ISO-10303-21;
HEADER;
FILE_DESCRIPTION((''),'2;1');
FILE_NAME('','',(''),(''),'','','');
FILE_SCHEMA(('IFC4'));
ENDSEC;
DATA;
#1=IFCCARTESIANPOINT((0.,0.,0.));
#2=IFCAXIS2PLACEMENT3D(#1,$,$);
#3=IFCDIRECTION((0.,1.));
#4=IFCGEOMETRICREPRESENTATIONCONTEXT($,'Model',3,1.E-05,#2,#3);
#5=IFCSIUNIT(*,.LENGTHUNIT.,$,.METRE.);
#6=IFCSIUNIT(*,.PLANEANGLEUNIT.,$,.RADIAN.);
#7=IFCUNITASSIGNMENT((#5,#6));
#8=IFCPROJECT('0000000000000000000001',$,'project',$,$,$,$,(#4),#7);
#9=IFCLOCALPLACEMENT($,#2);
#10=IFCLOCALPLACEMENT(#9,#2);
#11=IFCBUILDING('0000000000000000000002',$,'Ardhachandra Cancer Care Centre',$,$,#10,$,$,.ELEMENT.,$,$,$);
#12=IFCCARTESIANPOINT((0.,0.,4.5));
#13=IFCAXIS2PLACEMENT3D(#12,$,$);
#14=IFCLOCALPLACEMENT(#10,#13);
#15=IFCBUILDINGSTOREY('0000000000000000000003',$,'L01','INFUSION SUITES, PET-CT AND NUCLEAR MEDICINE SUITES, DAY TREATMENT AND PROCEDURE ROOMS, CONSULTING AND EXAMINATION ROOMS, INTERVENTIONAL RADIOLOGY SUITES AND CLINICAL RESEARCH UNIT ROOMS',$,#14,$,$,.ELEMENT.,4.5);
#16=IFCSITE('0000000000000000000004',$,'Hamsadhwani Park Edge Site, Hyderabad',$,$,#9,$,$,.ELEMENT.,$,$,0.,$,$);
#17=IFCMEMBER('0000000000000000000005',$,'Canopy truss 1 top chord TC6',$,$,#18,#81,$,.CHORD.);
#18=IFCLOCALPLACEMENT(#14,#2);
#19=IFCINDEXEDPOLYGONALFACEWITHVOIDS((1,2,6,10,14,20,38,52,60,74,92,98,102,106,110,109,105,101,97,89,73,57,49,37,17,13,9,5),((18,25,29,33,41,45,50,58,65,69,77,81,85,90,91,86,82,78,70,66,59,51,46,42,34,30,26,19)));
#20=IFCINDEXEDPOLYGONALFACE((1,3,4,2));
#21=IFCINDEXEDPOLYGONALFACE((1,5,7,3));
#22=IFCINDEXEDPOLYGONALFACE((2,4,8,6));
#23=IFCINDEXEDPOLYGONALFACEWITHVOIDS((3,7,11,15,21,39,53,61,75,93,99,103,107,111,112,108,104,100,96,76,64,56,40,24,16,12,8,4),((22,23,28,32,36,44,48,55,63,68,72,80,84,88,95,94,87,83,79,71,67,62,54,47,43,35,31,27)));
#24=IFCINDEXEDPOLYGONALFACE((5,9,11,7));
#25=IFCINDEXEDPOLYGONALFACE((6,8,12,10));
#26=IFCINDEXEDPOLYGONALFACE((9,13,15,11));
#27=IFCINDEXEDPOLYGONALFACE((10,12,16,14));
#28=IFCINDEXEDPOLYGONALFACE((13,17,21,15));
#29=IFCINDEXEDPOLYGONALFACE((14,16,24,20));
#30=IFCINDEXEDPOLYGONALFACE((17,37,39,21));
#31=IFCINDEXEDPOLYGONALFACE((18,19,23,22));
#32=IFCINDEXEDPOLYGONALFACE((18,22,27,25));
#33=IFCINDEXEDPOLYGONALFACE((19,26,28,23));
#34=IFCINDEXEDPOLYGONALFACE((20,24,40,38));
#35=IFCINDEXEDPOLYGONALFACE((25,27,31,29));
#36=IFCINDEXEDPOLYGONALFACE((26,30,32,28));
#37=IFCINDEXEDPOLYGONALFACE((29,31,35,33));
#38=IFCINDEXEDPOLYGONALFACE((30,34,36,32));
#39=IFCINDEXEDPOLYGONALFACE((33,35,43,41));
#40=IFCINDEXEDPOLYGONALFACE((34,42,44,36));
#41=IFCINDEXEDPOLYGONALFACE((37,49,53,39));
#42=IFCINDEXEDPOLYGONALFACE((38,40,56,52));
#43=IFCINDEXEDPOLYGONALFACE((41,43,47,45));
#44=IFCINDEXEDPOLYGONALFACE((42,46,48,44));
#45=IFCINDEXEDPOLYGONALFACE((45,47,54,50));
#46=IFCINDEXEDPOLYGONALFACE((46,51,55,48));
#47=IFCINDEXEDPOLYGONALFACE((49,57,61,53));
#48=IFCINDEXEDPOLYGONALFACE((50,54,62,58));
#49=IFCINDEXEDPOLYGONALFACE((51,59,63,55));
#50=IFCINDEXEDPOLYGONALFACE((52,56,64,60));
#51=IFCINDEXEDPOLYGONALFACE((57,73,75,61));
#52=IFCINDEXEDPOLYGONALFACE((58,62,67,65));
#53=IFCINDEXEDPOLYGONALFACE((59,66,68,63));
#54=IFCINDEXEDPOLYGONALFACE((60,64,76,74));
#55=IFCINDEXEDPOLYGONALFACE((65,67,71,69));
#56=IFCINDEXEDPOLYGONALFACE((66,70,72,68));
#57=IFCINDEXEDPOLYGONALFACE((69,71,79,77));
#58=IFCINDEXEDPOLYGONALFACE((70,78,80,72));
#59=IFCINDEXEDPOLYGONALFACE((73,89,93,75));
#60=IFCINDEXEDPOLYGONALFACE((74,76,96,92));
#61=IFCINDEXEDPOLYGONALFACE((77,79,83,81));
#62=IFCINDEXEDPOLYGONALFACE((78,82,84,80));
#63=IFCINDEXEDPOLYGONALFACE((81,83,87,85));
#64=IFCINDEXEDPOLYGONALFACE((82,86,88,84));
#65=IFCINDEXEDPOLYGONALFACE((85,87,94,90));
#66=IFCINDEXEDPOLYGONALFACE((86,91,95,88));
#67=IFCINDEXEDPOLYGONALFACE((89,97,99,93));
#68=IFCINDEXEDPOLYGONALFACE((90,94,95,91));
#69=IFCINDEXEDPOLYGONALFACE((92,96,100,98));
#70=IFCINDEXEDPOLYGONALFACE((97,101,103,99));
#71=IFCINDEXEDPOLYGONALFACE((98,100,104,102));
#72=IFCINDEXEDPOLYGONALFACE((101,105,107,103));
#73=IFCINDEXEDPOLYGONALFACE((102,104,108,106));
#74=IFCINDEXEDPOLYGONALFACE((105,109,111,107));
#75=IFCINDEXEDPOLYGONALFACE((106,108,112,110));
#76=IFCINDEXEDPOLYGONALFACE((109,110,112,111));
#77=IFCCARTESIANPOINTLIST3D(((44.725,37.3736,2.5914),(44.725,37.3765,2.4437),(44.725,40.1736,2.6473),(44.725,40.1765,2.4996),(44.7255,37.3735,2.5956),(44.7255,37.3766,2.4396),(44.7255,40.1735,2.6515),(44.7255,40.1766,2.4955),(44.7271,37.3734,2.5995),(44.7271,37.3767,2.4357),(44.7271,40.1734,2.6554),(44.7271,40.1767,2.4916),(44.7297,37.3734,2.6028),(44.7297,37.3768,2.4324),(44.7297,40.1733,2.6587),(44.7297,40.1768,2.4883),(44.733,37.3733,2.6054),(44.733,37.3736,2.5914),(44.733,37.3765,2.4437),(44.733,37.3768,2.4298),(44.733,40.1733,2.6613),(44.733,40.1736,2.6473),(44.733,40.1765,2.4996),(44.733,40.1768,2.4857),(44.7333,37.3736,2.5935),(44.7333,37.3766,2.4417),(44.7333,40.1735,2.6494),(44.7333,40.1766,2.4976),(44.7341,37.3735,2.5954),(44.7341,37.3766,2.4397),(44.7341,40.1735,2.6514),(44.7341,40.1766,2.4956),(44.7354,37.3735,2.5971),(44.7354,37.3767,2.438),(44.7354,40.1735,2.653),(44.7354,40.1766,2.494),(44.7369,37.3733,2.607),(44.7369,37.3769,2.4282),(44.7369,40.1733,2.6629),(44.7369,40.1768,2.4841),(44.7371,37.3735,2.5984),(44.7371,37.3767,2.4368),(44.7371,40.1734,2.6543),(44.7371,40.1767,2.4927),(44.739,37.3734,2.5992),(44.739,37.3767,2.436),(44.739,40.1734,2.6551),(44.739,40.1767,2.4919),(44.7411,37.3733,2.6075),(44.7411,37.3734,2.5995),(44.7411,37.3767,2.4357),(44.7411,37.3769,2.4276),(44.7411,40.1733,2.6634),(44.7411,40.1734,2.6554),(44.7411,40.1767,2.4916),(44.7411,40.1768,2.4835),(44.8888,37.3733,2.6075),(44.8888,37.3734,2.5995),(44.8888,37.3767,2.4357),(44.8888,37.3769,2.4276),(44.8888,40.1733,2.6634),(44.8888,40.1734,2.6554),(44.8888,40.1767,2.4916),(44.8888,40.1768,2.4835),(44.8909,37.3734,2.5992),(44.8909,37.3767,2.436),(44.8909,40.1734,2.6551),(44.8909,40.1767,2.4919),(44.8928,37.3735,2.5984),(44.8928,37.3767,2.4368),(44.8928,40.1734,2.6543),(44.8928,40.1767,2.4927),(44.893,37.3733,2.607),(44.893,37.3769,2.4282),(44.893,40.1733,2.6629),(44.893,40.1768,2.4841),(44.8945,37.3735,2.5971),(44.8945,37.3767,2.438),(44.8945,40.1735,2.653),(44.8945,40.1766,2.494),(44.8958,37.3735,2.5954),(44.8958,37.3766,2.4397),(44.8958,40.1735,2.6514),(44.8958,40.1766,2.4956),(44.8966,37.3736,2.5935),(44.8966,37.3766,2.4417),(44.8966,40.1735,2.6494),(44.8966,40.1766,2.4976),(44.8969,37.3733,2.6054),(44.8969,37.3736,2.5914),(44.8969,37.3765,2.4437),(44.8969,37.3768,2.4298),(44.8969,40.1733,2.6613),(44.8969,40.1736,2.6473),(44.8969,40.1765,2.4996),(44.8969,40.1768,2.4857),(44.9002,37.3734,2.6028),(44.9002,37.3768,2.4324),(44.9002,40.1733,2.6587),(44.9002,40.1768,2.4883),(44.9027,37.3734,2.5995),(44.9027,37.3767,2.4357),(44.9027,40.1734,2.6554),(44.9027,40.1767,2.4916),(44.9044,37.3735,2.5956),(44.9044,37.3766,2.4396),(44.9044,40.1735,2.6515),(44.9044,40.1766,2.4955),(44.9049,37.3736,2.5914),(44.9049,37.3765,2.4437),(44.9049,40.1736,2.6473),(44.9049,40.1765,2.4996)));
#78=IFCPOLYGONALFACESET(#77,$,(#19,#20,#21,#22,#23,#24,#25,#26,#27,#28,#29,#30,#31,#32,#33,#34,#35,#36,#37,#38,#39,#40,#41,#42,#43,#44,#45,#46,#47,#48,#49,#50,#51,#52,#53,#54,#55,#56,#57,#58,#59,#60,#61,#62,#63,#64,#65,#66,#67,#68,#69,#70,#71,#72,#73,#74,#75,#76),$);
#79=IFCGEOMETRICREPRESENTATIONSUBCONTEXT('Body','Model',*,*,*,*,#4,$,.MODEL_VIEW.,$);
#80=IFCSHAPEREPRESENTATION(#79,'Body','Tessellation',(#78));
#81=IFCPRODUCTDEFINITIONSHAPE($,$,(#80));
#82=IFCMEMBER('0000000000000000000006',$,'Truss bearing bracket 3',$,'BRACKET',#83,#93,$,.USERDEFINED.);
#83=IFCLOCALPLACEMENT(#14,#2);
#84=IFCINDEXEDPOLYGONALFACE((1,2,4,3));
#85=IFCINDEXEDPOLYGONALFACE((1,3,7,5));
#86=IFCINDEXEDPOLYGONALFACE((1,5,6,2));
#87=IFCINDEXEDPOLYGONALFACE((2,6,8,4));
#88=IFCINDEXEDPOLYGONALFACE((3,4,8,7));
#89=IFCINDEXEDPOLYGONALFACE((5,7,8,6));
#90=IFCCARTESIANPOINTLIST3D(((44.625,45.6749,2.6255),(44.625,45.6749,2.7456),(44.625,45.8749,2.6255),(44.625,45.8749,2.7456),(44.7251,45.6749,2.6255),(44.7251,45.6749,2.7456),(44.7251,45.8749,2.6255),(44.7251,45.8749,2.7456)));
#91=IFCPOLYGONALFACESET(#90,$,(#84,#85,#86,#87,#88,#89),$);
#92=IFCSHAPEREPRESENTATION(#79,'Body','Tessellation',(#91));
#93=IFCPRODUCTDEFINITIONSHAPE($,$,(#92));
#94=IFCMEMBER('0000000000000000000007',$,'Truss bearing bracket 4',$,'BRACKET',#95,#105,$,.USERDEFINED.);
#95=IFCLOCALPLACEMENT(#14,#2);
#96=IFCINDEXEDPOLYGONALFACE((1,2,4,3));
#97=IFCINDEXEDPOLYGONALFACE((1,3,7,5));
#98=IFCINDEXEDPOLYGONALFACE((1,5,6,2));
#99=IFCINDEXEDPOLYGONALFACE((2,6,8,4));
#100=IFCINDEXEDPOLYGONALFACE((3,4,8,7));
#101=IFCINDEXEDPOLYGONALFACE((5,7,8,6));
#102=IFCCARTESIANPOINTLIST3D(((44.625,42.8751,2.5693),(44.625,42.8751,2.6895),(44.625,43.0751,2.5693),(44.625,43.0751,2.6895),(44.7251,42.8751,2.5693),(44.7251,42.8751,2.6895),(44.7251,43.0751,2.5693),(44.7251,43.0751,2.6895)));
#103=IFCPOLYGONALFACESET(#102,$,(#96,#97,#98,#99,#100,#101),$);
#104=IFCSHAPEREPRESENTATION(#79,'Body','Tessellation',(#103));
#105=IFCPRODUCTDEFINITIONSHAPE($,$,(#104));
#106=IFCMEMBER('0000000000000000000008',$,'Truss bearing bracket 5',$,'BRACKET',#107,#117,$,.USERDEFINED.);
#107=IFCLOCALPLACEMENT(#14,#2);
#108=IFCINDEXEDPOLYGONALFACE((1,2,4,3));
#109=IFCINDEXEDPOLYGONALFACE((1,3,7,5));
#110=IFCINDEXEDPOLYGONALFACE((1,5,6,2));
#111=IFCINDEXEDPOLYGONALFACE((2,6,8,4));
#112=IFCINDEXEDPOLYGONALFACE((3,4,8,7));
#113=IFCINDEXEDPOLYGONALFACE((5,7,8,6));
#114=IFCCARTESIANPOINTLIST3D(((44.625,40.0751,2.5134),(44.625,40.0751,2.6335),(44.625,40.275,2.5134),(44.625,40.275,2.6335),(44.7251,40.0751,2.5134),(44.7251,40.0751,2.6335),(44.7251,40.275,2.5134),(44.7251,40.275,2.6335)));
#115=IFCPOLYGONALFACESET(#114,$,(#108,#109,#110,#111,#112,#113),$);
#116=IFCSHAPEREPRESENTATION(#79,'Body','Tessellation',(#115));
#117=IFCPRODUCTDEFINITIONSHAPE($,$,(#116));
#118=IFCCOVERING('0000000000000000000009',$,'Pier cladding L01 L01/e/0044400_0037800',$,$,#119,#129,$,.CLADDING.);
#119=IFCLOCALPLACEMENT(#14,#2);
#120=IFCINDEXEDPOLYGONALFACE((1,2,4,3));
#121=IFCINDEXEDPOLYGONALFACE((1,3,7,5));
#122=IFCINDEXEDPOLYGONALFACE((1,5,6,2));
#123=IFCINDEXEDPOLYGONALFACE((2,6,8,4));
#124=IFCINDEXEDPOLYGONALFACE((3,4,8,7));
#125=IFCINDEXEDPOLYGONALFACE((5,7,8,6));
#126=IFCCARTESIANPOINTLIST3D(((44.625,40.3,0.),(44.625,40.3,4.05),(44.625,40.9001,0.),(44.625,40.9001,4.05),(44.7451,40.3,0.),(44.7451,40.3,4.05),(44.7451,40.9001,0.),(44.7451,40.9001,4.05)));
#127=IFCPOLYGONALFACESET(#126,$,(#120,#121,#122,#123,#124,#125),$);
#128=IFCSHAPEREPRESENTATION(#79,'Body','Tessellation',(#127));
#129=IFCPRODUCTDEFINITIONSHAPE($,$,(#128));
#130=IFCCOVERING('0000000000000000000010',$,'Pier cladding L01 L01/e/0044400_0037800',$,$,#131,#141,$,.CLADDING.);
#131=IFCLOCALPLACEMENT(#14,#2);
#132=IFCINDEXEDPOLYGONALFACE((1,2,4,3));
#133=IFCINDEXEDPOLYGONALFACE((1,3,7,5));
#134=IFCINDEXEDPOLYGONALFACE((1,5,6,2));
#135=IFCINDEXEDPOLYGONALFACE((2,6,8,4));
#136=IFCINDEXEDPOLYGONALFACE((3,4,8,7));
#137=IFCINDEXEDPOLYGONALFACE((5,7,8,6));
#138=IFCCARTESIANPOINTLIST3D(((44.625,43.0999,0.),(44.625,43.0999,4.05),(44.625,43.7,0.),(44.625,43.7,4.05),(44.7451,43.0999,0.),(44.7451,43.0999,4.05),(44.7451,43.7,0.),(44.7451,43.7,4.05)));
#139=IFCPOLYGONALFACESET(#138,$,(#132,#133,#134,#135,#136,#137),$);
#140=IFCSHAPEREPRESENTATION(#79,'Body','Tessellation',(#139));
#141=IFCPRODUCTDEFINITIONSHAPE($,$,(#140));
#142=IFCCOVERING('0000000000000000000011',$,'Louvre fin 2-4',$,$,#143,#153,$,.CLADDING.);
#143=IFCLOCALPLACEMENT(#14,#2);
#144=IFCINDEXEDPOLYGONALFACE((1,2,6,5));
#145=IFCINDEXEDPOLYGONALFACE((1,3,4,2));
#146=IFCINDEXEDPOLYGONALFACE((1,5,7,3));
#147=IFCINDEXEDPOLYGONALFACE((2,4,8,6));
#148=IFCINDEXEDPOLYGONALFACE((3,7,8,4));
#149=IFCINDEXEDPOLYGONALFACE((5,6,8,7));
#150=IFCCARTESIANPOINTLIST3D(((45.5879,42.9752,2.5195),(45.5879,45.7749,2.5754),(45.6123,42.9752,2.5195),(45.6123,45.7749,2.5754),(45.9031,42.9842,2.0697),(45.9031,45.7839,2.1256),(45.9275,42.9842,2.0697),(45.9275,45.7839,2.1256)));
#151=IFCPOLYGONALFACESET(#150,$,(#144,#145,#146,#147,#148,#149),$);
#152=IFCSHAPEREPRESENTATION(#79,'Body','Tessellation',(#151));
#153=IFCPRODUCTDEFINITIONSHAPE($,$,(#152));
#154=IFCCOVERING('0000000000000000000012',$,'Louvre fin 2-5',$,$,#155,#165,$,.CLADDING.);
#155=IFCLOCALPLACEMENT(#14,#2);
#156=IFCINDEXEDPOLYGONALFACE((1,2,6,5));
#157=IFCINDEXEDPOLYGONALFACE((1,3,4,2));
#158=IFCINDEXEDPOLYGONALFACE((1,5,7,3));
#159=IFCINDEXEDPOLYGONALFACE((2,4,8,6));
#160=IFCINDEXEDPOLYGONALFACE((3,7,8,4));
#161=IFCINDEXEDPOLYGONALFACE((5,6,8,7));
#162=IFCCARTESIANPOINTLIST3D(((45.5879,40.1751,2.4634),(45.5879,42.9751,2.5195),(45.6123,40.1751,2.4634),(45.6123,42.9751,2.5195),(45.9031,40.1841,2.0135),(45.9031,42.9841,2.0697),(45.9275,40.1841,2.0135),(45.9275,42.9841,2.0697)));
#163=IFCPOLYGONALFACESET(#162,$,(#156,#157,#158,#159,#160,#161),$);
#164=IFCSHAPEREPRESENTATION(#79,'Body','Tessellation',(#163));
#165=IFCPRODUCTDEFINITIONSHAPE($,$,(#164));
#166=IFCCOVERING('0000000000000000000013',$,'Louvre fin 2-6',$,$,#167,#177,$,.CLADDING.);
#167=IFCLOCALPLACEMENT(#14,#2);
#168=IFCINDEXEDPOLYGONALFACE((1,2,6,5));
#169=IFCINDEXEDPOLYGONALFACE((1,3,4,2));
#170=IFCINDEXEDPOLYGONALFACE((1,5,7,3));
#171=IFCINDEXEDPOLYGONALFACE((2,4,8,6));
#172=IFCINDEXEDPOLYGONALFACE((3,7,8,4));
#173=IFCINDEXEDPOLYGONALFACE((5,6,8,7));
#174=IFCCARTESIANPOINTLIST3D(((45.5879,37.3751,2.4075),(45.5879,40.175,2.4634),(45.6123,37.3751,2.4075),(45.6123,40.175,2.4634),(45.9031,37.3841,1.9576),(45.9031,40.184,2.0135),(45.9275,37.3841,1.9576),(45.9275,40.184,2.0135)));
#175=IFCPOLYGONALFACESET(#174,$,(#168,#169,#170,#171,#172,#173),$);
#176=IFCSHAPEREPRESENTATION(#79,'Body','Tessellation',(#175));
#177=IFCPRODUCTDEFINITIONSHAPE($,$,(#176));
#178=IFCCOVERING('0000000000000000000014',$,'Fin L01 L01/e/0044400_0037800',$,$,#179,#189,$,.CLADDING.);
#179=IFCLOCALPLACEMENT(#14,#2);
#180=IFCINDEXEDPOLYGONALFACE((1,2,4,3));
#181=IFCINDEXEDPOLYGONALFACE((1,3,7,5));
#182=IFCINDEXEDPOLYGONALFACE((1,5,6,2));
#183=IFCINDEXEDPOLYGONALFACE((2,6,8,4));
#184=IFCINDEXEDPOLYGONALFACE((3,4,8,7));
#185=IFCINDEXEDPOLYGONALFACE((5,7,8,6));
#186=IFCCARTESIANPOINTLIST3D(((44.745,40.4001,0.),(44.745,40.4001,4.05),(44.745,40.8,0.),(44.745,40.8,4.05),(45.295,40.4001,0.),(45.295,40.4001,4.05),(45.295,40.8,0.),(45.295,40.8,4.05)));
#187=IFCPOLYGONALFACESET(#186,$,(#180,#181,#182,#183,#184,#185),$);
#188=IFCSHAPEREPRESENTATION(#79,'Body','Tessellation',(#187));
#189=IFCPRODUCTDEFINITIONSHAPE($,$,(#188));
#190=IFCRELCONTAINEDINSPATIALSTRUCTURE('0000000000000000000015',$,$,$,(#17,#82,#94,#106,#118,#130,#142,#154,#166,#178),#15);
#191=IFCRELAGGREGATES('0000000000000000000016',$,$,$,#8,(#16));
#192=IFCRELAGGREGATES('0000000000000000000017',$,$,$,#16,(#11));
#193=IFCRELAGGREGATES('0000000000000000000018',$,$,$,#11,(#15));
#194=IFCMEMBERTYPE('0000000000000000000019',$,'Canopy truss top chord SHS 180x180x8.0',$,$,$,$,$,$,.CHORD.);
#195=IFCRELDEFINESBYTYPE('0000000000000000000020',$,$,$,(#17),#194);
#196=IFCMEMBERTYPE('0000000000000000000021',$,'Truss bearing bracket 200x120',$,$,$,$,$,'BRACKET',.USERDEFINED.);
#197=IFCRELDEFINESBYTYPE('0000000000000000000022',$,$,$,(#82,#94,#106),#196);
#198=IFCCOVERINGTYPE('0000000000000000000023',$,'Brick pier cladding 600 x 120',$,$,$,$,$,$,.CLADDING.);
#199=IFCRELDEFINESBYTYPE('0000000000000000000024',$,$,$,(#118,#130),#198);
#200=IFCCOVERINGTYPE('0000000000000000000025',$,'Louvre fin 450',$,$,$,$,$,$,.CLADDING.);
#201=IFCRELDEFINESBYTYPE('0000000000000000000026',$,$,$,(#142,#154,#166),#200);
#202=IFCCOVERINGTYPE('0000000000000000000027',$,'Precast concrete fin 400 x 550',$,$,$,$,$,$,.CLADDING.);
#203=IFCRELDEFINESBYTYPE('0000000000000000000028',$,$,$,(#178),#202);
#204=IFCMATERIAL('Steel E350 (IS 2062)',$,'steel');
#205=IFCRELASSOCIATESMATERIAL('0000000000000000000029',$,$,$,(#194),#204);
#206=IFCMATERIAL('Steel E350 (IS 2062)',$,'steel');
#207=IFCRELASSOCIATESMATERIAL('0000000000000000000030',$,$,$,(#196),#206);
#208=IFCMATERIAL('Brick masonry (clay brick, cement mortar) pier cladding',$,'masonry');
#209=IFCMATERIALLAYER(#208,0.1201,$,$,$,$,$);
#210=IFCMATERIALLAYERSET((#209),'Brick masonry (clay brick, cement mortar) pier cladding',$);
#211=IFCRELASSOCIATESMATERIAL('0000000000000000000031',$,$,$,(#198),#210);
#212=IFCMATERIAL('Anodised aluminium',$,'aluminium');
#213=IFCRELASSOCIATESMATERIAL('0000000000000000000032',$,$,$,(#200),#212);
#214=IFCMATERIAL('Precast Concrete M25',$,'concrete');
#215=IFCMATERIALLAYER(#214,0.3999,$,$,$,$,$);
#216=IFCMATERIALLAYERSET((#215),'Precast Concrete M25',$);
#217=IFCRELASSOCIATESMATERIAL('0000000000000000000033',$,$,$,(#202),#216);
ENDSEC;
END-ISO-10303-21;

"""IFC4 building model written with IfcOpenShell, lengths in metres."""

from ifc_helpers import new_model, si_unit, direction, frame, origin, origin_2d, place, context, subcontext, project, spatial, polyline, rectangle, hollow_rectangle, outline, extrude, material, layer, layer_set, material_profile, profile_set, type_object, element, save


model = new_model("IFC4")

# Units and contexts
model_context = context("Model", 3, precision=1e-05, world=origin(), true_north=direction((0.0, 1.0)))
body_context = subcontext(model_context, "Body", "Model", "MODEL_VIEW")
ifc_project = project(units=[si_unit("LENGTHUNIT", "METRE"), si_unit("PLANEANGLEUNIT", "RADIAN")], contexts=[model_context])

# Site, building, storey
site_placement = place(None, origin())
site = spatial("IfcSite", under=ifc_project, at=site_placement, Name="Hamsadhwani Park Edge Site, Hyderabad", CompositionType="ELEMENT", RefElevation=0.0)
building_placement = place(site_placement, origin())
building = spatial("IfcBuilding", under=site, at=building_placement, Name="Ardhachandra Cancer Care Centre", CompositionType="ELEMENT")
storey_placement = place(building_placement, frame((0.0, 0.0, 4.5)))
storey = spatial("IfcBuildingStorey", under=building, at=storey_placement, Name="L01", Description="INFUSION SUITES, PET-CT AND NUCLEAR MEDICINE SUITES, DAY TREATMENT AND PROCEDURE ROOMS, CONSULTING AND EXAMINATION ROOMS, INTERVENTIONAL RADIOLOGY SUITES AND CLINICAL RESEARCH UNIT ROOMS", CompositionType="ELEMENT", Elevation=4.5)

# Members
ifc_material_1 = material(Name="Steel E350 (IS 2062)", Category="steel")
ifc_material_profile_1 = material_profile(ifc_material_1, hollow_rectangle(XDim=0.1799, YDim=0.1799, WallThickness=0.0081, InnerFilletRadius=0.0081, OuterFilletRadius=0.0161, at=origin_2d()), Name="SHS 180x180x8.0")
ifc_profile_set_1 = profile_set([ifc_material_profile_1], Name="Steel E350 (IS 2062)")
member_type_1 = type_object("IfcMemberType", Name="Canopy truss top chord SHS 180x180x8.0", PredefinedType="CHORD", material=ifc_profile_set_1)
for number, where, z_axis, x_axis, name in (
    (1, (44.8149, 40.175, 2.5735), (0.0, -0.999801, -0.019963), (1.0, 0.0, 0.0), "Canopy truss 1 top chord TC6"),
):
    element("IfcMember", number, at=place(storey_placement, frame(where, z_axis=z_axis, x_axis=x_axis)), inside=storey, type_object=member_type_1, Name=name, PredefinedType="CHORD", context=body_context, shape_type="SweptSolid", body=[
        extrude(hollow_rectangle(XDim=0.1799, YDim=0.1799, WallThickness=0.0081, InnerFilletRadius=0.0081, OuterFilletRadius=0.0161, at=origin_2d()), origin(), (0.0, 0.0, 1.0), 2.8005),
    ])
ifc_material_2 = material(Name="Steel E350 (IS 2062)", Category="steel")
ifc_material_profile_2 = material_profile(ifc_material_2, rectangle(XDim=0.2, YDim=0.1201, at=origin_2d()), Name="PL 200x120")
ifc_profile_set_2 = profile_set([ifc_material_profile_2], Name="Steel E350 (IS 2062)")
member_type_2 = type_object("IfcMemberType", Name="Truss bearing bracket 200x120", ElementType="BRACKET", PredefinedType="USERDEFINED", material=ifc_profile_set_2)
for number, where, z_axis, x_axis, name in (
    (2, (44.625, 45.7749, 2.6855), (1.0, 0.0, 0.0), (0.0, 1.0, 0.0), "Truss bearing bracket 3"),
    (3, (44.625, 42.9751, 2.6294), (1.0, 0.0, 0.0), (0.0, 1.0, 0.0), "Truss bearing bracket 4"),
    (4, (44.625, 40.175, 2.5735), (1.0, 0.0, 0.0), (0.0, 1.0, 0.0), "Truss bearing bracket 5"),
):
    element("IfcMember", number, at=place(storey_placement, frame(where, z_axis=z_axis, x_axis=x_axis)), inside=storey, type_object=member_type_2, Name=name, ObjectType="BRACKET", PredefinedType="USERDEFINED", context=body_context, shape_type="SweptSolid", body=[
        extrude(rectangle(XDim=0.2, YDim=0.1201, at=origin_2d()), origin(), (0.0, 0.0, 1.0), 0.1001),
    ])

# Coverings
ifc_material_3 = material(Name="Brick masonry (clay brick, cement mortar) pier cladding", Category="masonry")
ifc_layer_1 = layer(ifc_material_3, 0.1201)
ifc_layer_set_1 = layer_set([ifc_layer_1], Name="Brick masonry (clay brick, cement mortar) pier cladding")
covering_type_1 = type_object("IfcCoveringType", Name="Brick pier cladding 600 x 120", PredefinedType="CLADDING", material=ifc_layer_set_1)
for number, where, z_axis, x_axis, name in (
    (5, (44.6851, 40.6001, 0.0), (0.0, 0.0, 1.0), (0.0, 1.0, 0.0), "Pier cladding L01 L01/e/0044400_0037800"),
    (6, (44.6851, 43.3999, 0.0), (0.0, 0.0, 1.0), (0.0, 1.0, 0.0), "Pier cladding L01 L01/e/0044400_0037800"),
):
    element("IfcCovering", number, at=place(storey_placement, frame(where, z_axis=z_axis, x_axis=x_axis)), inside=storey, type_object=covering_type_1, Name=name, PredefinedType="CLADDING", context=body_context, shape_type="SweptSolid", body=[
        extrude(rectangle(XDim=0.6001, YDim=0.1201, at=origin_2d()), origin(), (0.0, 0.0, 1.0), 4.05),
    ])
ifc_material_4 = material(Name="Anodised aluminium", Category="aluminium")
ifc_material_profile_3 = material_profile(ifc_material_4, outline(polyline([(-0.0122, 0.0), (0.0122, 0.0), (0.3274, -0.45), (0.303, -0.45), (-0.0122, 0.0)])), Name="Louvre fin 450")
ifc_profile_set_3 = profile_set([ifc_material_profile_3], Name="Anodised aluminium")
covering_type_2 = type_object("IfcCoveringType", Name="Louvre fin 450", PredefinedType="CLADDING", material=ifc_profile_set_3)
covering_1_placement = place(storey_placement, frame((45.6001, 45.7749, 2.5754), z_axis=(0.0, -0.999801, -0.019965), x_axis=(1.0, 0.0, 0.0)))
element("IfcCovering", 7, at=covering_1_placement, inside=storey, type_object=covering_type_2, Name="Louvre fin 2-4", PredefinedType="CLADDING", context=body_context, shape_type="SweptSolid", body=[
    extrude(outline(polyline([(-0.0122, 0.0), (0.0122, 0.0), (0.3274, -0.45), (0.303, -0.45), (-0.0122, 0.0)])), origin(), (0.0, 0.0, 1.0), 2.8003),
])
for number, where, z_axis, x_axis, name in (
    (8, (45.6001, 42.9751, 2.5195), (0.0, -0.999799, -0.02005), (1.0, 0.0, 0.0), "Louvre fin 2-5"),
    (9, (45.6001, 40.175, 2.4634), (0.0, -0.999801, -0.019963), (1.0, 0.0, 0.0), "Louvre fin 2-6"),
):
    element("IfcCovering", number, at=place(storey_placement, frame(where, z_axis=z_axis, x_axis=x_axis)), inside=storey, type_object=covering_type_2, Name=name, PredefinedType="CLADDING", context=body_context, shape_type="SweptSolid", body=[
        extrude(outline(polyline([(-0.0122, 0.0), (0.0122, 0.0), (0.3274, -0.45), (0.303, -0.45), (-0.0122, 0.0)])), origin(), (0.0, 0.0, 1.0), 2.8005),
    ])
ifc_material_5 = material(Name="Precast Concrete M25", Category="concrete")
ifc_layer_2 = layer(ifc_material_5, 0.3999)
ifc_layer_set_2 = layer_set([ifc_layer_2], Name="Precast Concrete M25")
covering_type_3 = type_object("IfcCoveringType", Name="Precast concrete fin 400 x 550", PredefinedType="CLADDING", material=ifc_layer_set_2)
for number, where, z_axis, x_axis, name in (
    (10, (45.02, 40.6001, 0.0), (0.0, 0.0, 1.0), (0.0, 1.0, 0.0), "Fin L01 L01/e/0044400_0037800"),
):
    element("IfcCovering", number, at=place(storey_placement, frame(where, z_axis=z_axis, x_axis=x_axis)), inside=storey, type_object=covering_type_3, Name=name, PredefinedType="CLADDING", context=body_context, shape_type="SweptSolid", body=[
        extrude(rectangle(XDim=0.3999, YDim=0.55, at=origin_2d()), origin(), (0.0, 0.0, 1.0), 4.05),
    ])

save(model, "model.ifc")
